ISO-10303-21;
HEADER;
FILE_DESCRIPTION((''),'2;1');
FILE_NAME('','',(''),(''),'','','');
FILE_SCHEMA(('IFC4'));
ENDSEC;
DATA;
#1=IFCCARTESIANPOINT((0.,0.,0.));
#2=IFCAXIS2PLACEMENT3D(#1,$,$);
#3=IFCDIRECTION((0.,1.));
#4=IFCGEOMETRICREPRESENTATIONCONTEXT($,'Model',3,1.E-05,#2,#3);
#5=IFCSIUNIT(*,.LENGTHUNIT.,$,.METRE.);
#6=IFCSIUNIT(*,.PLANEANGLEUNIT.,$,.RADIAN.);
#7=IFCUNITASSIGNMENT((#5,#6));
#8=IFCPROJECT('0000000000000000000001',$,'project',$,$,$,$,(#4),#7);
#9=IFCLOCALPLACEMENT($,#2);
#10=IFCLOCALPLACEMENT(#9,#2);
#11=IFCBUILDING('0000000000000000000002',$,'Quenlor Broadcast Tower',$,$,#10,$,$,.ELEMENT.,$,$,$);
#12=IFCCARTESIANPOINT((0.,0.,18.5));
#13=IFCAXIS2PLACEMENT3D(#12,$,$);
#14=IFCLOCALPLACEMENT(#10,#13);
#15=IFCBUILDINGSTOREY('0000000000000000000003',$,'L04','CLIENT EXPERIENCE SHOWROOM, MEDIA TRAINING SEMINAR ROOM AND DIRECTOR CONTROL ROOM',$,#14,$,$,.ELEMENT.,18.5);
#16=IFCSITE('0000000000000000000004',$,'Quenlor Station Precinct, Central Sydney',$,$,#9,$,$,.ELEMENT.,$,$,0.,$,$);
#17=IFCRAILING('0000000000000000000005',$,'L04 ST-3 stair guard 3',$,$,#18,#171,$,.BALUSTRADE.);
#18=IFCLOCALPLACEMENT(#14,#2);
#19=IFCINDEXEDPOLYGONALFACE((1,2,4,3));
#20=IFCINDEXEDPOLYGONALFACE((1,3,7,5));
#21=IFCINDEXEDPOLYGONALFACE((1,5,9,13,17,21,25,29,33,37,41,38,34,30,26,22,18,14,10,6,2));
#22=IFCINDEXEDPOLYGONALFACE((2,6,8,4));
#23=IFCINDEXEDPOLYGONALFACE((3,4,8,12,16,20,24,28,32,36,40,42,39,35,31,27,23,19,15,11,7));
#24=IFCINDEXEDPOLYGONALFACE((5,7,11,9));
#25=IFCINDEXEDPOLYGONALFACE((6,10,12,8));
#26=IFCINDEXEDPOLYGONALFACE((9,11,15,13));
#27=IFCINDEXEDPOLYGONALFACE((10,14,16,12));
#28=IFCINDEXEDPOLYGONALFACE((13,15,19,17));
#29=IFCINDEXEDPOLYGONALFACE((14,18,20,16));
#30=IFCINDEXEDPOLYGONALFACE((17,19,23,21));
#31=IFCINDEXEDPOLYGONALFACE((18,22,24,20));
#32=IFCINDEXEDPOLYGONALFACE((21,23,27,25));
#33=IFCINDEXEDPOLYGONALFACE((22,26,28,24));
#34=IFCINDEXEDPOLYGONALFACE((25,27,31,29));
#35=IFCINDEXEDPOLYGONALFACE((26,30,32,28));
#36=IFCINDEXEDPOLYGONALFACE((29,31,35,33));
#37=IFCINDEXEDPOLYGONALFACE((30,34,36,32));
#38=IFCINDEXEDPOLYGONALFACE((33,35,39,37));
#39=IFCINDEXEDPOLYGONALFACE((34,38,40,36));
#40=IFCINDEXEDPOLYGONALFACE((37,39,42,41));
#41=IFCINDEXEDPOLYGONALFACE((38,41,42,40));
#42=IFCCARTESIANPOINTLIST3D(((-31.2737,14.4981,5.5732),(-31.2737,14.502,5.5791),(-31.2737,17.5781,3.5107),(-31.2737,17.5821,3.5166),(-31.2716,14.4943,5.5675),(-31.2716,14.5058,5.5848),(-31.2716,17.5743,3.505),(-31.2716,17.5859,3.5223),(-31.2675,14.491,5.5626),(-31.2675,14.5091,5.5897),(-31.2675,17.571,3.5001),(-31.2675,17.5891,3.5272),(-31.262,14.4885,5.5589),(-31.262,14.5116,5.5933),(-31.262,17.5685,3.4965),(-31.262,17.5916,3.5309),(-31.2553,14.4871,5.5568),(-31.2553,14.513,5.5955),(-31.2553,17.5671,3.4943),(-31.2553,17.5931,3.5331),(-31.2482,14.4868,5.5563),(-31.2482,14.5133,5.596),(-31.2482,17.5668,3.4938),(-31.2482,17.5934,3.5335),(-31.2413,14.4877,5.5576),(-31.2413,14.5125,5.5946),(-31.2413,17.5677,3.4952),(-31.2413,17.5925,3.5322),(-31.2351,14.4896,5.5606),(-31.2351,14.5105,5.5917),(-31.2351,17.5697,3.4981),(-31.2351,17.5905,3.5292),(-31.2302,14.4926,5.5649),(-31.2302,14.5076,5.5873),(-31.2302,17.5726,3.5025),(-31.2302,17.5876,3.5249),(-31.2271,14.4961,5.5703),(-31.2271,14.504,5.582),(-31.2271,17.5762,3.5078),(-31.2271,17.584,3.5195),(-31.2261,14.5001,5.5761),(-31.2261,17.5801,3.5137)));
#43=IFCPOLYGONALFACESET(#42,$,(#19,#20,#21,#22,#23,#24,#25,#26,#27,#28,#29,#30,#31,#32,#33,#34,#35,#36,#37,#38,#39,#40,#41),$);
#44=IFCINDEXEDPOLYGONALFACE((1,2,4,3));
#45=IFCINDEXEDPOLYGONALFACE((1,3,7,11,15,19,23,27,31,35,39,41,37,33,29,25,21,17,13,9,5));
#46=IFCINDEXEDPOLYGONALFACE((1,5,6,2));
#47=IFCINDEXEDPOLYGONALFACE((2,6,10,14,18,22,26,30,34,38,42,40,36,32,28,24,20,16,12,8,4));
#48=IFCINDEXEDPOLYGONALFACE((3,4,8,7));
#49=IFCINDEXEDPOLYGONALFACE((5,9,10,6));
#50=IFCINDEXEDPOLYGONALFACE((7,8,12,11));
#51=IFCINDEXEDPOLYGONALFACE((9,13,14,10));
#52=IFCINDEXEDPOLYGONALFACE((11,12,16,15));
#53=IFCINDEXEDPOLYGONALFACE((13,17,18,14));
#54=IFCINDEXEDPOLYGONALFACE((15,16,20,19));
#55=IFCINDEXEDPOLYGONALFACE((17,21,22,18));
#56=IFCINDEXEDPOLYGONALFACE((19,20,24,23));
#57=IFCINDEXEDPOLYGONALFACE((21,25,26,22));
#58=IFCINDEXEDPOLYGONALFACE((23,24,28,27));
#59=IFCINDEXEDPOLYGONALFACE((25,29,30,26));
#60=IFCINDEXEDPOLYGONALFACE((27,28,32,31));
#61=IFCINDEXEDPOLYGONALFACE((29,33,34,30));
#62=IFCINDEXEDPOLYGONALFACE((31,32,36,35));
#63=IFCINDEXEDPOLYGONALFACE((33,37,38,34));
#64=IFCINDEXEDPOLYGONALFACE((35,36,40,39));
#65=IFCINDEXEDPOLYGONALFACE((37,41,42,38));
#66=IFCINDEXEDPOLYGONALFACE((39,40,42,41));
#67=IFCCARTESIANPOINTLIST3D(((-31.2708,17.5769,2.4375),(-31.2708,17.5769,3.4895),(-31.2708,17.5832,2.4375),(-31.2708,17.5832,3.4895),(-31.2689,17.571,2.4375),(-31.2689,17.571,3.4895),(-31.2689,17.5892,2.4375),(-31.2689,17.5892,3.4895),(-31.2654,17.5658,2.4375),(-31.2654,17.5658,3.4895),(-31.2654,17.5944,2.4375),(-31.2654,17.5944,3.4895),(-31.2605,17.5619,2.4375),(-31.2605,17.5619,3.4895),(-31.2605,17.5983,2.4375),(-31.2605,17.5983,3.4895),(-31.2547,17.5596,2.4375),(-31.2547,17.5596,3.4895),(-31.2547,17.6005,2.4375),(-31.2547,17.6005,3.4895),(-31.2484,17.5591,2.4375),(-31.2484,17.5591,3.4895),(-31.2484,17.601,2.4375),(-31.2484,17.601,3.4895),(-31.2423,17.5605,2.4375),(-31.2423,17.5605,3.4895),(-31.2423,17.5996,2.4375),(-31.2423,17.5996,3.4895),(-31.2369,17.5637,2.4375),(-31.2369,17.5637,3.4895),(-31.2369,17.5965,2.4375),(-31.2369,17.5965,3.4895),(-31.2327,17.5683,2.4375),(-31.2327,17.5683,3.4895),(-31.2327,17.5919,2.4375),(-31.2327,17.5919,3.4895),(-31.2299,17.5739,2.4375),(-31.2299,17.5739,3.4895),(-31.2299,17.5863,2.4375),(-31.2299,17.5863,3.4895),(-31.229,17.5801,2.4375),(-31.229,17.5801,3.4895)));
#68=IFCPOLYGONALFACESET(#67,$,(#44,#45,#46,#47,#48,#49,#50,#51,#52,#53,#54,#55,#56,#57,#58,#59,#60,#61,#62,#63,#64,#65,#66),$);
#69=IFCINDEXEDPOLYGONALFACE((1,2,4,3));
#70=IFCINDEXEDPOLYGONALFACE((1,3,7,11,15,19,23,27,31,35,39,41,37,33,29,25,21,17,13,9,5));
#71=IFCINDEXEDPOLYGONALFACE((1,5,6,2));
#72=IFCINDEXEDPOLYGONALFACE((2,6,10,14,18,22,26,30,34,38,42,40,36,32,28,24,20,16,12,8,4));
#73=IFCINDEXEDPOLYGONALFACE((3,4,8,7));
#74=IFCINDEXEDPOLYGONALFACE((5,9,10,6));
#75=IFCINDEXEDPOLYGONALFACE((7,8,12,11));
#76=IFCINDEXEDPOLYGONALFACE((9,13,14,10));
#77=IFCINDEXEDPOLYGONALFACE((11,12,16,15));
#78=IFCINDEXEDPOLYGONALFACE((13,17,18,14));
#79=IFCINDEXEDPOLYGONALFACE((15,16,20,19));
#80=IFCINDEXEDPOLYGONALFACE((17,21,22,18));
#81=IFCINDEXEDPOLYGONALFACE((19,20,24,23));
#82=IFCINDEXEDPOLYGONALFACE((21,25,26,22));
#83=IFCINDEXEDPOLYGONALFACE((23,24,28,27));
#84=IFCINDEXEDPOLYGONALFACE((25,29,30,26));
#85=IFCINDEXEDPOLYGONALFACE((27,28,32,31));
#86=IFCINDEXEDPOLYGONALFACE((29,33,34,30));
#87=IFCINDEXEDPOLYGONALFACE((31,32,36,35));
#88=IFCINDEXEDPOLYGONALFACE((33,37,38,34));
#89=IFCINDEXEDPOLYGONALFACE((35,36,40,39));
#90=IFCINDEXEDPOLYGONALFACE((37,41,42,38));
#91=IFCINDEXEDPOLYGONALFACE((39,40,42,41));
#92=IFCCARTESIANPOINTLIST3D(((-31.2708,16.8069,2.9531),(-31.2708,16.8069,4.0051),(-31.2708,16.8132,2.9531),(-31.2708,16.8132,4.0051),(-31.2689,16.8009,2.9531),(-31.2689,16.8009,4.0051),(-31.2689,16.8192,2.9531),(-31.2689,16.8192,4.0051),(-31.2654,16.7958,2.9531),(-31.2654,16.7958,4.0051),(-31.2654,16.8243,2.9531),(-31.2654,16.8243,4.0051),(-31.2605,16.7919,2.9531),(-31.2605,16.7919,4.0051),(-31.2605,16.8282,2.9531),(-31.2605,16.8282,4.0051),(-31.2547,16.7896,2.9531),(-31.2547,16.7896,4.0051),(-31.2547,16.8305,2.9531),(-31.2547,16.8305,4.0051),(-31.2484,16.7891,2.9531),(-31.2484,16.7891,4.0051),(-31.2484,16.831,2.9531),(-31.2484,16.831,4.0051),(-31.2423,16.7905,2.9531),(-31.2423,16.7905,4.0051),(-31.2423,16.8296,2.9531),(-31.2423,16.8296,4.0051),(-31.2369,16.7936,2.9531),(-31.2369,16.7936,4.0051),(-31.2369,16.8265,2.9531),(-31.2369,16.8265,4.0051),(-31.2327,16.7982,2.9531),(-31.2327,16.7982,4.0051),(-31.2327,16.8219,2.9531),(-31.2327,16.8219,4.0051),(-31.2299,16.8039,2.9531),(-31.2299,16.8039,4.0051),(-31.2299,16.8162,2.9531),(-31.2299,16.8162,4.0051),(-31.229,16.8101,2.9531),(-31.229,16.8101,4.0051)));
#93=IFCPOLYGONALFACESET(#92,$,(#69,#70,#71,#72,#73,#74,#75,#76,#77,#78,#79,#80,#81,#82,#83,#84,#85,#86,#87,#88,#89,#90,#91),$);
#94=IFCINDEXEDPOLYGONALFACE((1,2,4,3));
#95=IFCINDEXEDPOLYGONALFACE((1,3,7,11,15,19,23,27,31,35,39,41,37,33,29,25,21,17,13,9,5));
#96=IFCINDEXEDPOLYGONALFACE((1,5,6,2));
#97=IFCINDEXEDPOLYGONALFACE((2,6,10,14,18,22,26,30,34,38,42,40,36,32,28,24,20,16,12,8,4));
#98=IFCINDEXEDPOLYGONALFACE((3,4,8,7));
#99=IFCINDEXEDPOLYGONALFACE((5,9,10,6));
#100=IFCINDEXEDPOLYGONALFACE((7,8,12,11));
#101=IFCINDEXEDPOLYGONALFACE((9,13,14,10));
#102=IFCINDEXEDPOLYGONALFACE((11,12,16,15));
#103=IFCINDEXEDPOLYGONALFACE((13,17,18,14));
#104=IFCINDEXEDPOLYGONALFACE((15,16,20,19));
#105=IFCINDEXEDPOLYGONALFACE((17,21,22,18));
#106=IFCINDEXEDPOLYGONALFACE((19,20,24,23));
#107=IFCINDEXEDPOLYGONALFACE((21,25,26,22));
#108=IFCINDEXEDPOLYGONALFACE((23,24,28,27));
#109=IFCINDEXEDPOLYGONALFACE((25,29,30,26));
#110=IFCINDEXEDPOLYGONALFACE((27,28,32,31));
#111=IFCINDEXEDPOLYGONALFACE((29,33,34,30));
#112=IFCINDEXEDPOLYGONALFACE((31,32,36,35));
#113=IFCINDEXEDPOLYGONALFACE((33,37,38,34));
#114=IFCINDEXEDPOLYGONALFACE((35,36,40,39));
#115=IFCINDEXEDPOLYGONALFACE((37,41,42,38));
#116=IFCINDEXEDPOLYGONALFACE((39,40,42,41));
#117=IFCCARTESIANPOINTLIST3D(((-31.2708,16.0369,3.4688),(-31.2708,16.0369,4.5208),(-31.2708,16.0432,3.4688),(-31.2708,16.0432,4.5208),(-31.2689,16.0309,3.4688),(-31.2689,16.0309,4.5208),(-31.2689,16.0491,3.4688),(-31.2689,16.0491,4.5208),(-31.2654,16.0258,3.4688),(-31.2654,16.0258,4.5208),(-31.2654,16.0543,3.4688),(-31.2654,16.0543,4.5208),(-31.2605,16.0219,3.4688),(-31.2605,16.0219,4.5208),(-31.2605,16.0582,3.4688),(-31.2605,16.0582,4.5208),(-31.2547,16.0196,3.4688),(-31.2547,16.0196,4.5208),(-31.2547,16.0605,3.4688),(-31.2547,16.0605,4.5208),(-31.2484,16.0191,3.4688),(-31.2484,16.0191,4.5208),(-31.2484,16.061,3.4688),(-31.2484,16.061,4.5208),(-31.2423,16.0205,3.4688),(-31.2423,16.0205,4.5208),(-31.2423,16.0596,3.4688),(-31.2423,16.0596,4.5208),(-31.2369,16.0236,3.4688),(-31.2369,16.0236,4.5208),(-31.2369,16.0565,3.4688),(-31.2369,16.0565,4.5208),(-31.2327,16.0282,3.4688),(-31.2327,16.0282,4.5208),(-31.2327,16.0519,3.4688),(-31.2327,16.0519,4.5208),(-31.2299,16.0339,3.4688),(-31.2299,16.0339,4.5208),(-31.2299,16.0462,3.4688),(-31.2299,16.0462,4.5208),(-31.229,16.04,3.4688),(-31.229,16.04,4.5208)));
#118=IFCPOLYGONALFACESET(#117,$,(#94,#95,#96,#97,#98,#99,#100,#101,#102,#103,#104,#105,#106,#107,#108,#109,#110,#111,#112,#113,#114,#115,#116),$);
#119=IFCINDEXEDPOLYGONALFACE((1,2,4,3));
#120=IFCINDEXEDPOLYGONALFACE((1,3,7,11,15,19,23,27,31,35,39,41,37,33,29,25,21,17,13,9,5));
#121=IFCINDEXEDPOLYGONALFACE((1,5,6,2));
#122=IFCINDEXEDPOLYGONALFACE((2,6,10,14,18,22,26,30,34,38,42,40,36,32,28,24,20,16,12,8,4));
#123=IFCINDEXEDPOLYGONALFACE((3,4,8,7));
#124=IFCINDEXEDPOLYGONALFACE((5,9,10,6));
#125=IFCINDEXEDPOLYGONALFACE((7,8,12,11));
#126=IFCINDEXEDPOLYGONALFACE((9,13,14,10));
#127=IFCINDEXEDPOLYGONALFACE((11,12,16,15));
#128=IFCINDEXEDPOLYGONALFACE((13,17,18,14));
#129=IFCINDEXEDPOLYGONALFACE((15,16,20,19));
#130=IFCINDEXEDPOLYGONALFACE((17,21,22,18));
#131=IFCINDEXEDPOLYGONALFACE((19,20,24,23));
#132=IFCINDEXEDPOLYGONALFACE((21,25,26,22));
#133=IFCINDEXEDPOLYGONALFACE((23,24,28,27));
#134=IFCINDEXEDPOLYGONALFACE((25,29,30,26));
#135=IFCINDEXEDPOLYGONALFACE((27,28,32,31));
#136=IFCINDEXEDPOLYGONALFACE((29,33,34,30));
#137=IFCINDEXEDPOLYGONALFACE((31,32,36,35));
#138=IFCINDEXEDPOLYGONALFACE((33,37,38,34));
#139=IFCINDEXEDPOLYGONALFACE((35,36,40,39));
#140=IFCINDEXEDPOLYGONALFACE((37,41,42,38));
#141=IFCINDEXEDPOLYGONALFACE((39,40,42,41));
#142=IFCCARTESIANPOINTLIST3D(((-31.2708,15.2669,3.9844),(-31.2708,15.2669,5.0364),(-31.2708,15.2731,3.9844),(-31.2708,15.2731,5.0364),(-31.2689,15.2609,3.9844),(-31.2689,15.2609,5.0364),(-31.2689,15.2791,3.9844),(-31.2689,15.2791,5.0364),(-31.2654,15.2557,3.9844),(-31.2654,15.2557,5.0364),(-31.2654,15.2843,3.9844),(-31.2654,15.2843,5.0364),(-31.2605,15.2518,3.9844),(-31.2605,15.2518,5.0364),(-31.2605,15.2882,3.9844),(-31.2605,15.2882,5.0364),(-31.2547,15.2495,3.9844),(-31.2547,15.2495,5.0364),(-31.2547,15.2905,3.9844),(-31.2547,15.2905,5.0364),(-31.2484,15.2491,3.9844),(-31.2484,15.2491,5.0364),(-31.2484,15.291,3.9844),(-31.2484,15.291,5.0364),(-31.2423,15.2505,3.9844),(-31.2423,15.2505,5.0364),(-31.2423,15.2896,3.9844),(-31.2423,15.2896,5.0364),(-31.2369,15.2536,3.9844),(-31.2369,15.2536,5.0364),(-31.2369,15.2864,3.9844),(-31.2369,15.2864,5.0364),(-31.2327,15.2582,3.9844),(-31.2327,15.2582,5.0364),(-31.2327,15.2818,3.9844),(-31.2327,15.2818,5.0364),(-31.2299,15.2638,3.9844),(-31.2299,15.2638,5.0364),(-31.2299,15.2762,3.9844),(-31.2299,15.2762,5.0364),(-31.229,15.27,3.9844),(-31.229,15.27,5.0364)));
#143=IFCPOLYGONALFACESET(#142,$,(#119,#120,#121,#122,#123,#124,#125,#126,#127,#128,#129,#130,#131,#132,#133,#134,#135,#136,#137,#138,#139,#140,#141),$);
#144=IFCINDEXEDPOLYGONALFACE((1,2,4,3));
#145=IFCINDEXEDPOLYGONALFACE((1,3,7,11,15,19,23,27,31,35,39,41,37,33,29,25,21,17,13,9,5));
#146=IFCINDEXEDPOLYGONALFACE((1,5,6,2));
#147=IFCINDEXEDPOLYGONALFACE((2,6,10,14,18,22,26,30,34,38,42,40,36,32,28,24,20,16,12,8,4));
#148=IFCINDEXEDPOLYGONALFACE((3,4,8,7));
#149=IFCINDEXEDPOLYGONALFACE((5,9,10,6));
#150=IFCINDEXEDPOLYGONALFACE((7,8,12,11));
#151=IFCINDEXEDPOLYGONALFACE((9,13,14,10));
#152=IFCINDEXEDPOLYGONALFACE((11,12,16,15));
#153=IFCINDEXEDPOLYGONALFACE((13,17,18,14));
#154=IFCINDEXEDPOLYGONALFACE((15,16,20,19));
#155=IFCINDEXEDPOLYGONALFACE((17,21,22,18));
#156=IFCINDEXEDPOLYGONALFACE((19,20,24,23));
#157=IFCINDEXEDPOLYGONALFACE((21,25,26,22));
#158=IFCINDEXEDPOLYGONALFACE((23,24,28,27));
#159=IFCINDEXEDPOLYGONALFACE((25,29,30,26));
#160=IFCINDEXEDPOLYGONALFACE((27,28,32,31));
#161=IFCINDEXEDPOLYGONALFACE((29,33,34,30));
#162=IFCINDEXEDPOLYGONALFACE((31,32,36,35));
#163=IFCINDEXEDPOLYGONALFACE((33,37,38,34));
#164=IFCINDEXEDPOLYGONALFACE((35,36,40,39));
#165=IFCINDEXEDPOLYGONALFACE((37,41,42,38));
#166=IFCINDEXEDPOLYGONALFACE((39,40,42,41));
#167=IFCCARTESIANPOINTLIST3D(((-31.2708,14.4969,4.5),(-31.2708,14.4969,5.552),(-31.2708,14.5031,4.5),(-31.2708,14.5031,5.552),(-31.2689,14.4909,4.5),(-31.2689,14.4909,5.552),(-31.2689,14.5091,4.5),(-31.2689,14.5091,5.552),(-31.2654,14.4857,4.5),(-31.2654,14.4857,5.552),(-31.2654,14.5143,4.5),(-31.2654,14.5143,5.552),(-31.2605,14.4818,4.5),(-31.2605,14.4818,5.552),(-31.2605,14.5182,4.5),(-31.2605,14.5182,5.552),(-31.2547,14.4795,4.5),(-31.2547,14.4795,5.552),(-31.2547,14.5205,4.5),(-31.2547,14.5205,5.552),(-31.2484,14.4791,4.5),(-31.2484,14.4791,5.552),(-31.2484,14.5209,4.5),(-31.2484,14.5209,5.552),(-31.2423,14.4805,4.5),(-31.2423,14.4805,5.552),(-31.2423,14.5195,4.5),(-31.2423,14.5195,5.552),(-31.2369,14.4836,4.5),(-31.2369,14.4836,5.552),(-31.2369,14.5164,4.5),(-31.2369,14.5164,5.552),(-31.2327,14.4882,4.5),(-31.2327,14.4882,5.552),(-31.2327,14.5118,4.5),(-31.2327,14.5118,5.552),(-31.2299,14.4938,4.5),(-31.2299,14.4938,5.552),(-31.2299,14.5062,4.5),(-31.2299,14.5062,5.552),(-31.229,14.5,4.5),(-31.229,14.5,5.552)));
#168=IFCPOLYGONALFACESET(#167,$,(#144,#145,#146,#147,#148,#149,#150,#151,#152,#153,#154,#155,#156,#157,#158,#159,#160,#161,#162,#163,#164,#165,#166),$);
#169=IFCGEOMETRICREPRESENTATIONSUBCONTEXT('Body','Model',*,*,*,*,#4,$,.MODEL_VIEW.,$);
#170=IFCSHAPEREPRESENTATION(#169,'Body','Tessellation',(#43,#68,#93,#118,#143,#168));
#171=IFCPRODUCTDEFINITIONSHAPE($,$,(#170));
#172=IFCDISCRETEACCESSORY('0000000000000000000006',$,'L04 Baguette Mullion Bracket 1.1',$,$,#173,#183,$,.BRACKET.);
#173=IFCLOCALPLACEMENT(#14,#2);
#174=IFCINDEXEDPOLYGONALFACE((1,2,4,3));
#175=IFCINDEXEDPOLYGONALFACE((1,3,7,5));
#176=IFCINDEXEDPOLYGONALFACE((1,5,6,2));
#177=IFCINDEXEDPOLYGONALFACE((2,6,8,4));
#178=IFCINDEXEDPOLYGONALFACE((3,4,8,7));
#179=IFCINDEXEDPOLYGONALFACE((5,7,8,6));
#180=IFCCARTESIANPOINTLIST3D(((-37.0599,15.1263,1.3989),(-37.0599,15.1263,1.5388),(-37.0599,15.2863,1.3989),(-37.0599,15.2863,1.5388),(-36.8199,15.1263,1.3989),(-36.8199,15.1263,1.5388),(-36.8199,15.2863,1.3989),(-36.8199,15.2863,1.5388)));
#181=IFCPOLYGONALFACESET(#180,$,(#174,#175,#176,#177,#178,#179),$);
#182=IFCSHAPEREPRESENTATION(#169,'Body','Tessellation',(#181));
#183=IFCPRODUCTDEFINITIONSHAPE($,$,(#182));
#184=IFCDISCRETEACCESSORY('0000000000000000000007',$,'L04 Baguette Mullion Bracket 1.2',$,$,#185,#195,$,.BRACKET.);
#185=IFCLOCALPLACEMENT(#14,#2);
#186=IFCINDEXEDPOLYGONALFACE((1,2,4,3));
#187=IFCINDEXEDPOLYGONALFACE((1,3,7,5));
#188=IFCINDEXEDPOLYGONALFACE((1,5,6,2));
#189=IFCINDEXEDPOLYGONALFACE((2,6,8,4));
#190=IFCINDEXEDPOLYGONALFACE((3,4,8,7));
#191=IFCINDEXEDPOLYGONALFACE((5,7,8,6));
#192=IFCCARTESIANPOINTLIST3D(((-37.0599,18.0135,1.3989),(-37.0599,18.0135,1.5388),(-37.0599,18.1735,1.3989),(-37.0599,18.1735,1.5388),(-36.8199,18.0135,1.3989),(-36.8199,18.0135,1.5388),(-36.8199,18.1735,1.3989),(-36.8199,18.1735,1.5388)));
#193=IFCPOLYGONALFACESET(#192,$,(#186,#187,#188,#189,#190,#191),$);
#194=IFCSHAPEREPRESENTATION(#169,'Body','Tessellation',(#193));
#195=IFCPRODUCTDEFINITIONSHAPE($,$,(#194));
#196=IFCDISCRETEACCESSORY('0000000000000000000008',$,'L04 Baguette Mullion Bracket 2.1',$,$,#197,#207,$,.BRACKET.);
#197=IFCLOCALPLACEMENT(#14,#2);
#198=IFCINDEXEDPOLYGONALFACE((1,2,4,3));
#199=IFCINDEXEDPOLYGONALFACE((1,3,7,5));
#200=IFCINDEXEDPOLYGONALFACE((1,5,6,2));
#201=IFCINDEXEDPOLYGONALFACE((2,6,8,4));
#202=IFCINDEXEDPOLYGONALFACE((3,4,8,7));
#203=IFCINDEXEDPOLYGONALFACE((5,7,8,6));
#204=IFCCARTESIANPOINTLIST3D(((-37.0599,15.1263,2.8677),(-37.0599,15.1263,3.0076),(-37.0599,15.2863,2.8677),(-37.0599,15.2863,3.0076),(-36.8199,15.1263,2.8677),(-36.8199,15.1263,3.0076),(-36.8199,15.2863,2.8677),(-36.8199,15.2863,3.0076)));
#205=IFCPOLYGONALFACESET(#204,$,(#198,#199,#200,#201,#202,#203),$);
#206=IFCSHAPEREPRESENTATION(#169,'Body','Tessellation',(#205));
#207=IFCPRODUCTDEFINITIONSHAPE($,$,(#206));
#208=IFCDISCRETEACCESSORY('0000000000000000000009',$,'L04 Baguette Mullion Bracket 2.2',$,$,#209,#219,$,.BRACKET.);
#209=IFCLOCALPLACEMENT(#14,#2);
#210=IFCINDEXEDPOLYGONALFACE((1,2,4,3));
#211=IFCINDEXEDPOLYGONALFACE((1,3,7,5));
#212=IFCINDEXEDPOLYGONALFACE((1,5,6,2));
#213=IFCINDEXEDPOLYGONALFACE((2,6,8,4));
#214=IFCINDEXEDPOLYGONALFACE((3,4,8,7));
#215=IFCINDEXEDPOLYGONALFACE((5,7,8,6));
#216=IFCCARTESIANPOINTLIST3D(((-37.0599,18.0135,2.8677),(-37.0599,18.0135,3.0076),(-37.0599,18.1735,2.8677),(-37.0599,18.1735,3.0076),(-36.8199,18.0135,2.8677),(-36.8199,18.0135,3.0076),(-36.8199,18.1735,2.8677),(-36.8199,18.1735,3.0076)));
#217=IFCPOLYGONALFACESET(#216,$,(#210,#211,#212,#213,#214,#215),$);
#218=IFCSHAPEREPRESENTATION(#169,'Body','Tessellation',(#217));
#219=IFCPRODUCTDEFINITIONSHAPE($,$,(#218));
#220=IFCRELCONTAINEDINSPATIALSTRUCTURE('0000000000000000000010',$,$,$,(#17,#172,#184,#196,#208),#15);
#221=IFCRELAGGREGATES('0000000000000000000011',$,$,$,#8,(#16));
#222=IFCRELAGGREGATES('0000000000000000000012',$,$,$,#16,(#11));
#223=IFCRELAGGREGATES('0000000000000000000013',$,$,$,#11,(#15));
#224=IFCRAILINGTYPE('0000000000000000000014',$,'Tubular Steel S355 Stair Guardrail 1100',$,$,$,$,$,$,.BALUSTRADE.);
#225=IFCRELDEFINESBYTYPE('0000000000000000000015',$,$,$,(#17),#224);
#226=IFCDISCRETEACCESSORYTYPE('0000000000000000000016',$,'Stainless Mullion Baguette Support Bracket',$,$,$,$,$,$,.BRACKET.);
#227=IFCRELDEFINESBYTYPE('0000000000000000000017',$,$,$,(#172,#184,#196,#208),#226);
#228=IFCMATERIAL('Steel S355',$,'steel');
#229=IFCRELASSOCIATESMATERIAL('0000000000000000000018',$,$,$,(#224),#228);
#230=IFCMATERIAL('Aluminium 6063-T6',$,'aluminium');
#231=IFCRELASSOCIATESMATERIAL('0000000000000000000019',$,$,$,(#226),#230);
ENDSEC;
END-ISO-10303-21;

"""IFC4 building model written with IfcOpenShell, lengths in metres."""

from ifc_helpers import new_model, si_unit, direction, frame, origin, origin_2d, place, context, subcontext, project, spatial, rectangle, circle, extrude, material, type_object, element, save


model = new_model("IFC4")

# Units and contexts
model_context = context("Model", 3, precision=1e-05, world=origin(), true_north=direction((0.0, 1.0)))
body_context = subcontext(model_context, "Body", "Model", "MODEL_VIEW")
ifc_project = project(units=[si_unit("LENGTHUNIT", "METRE"), si_unit("PLANEANGLEUNIT", "RADIAN")], contexts=[model_context])

# Site, building, storey
site_placement = place(None, origin())
site = spatial("IfcSite", under=ifc_project, at=site_placement, Name="Quenlor Station Precinct, Central Sydney", CompositionType="ELEMENT", RefElevation=0.0)
building_placement = place(site_placement, origin())
building = spatial("IfcBuilding", under=site, at=building_placement, Name="Quenlor Broadcast Tower", CompositionType="ELEMENT")
storey_placement = place(building_placement, frame((0.0, 0.0, 18.5)))
storey = spatial("IfcBuildingStorey", under=building, at=storey_placement, Name="L04", Description="CLIENT EXPERIENCE SHOWROOM, MEDIA TRAINING SEMINAR ROOM AND DIRECTOR CONTROL ROOM", CompositionType="ELEMENT", Elevation=18.5)

# Railing
ifc_material_1 = material(Name="Steel S355", Category="steel")
railing_type_1 = type_object("IfcRailingType", Name="Tubular Steel S355 Stair Guardrail 1100", PredefinedType="BALUSTRADE", material=ifc_material_1)
railing_1_placement = place(storey_placement, frame((-31.25, 17.5801, 2.4375)))
element("IfcRailing", 1, at=railing_1_placement, inside=storey, type_object=railing_type_1, Name="L04 ST-3 stair guard 3", PredefinedType="BALUSTRADE", context=body_context, shape_type="SweptSolid", body=[
    extrude(circle(Radius=0.0239, at=origin_2d()), frame((0.0, 0.0, 1.0762), z_axis=(0.0, -0.830914, 0.556401), x_axis=(1.0, 0.0, 0.0)), (0.0, 0.0, 1.0), 3.7068),
    extrude(circle(Radius=0.021, at=origin_2d()), origin(), (0.0, 0.0, 1.0), 1.052),
    extrude(circle(Radius=0.021, at=origin_2d()), frame((0.0, -0.77, 0.5156)), (0.0, 0.0, 1.0), 1.052),
    extrude(circle(Radius=0.021, at=origin_2d()), frame((0.0, -1.54, 1.0312)), (0.0, 0.0, 1.0), 1.052),
    extrude(circle(Radius=0.021, at=origin_2d()), frame((0.0, -2.3101, 1.5469)), (0.0, 0.0, 1.0), 1.052),
    extrude(circle(Radius=0.021, at=origin_2d()), frame((0.0, -3.0801, 2.0625)), (0.0, 0.0, 1.0), 1.052),
])

# Discrete accessories
ifc_material_2 = material(Name="Aluminium 6063-T6", Category="aluminium")
discrete_accessory_type = type_object("IfcDiscreteAccessoryType", Name="Stainless Mullion Baguette Support Bracket", PredefinedType="BRACKET", material=ifc_material_2)
for number, where, z_axis, x_axis, name in (
    (2, (-36.9399, 15.2063, 1.3989), (0.0, 0.0, 1.0), (0.0, 1.0, 0.0), "L04 Baguette Mullion Bracket 1.1"),
    (3, (-36.9399, 18.0935, 1.3989), (0.0, 0.0, 1.0), (0.0, 1.0, 0.0), "L04 Baguette Mullion Bracket 1.2"),
    (4, (-36.9399, 15.2063, 2.8677), (0.0, 0.0, 1.0), (0.0, 1.0, 0.0), "L04 Baguette Mullion Bracket 2.1"),
    (5, (-36.9399, 18.0935, 2.8677), (0.0, 0.0, 1.0), (0.0, 1.0, 0.0), "L04 Baguette Mullion Bracket 2.2"),
):
    element("IfcDiscreteAccessory", number, at=place(storey_placement, frame(where, z_axis=z_axis, x_axis=x_axis)), inside=storey, type_object=discrete_accessory_type, Name=name, PredefinedType="BRACKET", context=body_context, shape_type="SweptSolid", body=[
        extrude(rectangle(XDim=0.1599, YDim=0.24, at=origin_2d()), origin(), (0.0, 0.0, 1.0), 0.1399),
    ])

save(model, "model.ifc")
